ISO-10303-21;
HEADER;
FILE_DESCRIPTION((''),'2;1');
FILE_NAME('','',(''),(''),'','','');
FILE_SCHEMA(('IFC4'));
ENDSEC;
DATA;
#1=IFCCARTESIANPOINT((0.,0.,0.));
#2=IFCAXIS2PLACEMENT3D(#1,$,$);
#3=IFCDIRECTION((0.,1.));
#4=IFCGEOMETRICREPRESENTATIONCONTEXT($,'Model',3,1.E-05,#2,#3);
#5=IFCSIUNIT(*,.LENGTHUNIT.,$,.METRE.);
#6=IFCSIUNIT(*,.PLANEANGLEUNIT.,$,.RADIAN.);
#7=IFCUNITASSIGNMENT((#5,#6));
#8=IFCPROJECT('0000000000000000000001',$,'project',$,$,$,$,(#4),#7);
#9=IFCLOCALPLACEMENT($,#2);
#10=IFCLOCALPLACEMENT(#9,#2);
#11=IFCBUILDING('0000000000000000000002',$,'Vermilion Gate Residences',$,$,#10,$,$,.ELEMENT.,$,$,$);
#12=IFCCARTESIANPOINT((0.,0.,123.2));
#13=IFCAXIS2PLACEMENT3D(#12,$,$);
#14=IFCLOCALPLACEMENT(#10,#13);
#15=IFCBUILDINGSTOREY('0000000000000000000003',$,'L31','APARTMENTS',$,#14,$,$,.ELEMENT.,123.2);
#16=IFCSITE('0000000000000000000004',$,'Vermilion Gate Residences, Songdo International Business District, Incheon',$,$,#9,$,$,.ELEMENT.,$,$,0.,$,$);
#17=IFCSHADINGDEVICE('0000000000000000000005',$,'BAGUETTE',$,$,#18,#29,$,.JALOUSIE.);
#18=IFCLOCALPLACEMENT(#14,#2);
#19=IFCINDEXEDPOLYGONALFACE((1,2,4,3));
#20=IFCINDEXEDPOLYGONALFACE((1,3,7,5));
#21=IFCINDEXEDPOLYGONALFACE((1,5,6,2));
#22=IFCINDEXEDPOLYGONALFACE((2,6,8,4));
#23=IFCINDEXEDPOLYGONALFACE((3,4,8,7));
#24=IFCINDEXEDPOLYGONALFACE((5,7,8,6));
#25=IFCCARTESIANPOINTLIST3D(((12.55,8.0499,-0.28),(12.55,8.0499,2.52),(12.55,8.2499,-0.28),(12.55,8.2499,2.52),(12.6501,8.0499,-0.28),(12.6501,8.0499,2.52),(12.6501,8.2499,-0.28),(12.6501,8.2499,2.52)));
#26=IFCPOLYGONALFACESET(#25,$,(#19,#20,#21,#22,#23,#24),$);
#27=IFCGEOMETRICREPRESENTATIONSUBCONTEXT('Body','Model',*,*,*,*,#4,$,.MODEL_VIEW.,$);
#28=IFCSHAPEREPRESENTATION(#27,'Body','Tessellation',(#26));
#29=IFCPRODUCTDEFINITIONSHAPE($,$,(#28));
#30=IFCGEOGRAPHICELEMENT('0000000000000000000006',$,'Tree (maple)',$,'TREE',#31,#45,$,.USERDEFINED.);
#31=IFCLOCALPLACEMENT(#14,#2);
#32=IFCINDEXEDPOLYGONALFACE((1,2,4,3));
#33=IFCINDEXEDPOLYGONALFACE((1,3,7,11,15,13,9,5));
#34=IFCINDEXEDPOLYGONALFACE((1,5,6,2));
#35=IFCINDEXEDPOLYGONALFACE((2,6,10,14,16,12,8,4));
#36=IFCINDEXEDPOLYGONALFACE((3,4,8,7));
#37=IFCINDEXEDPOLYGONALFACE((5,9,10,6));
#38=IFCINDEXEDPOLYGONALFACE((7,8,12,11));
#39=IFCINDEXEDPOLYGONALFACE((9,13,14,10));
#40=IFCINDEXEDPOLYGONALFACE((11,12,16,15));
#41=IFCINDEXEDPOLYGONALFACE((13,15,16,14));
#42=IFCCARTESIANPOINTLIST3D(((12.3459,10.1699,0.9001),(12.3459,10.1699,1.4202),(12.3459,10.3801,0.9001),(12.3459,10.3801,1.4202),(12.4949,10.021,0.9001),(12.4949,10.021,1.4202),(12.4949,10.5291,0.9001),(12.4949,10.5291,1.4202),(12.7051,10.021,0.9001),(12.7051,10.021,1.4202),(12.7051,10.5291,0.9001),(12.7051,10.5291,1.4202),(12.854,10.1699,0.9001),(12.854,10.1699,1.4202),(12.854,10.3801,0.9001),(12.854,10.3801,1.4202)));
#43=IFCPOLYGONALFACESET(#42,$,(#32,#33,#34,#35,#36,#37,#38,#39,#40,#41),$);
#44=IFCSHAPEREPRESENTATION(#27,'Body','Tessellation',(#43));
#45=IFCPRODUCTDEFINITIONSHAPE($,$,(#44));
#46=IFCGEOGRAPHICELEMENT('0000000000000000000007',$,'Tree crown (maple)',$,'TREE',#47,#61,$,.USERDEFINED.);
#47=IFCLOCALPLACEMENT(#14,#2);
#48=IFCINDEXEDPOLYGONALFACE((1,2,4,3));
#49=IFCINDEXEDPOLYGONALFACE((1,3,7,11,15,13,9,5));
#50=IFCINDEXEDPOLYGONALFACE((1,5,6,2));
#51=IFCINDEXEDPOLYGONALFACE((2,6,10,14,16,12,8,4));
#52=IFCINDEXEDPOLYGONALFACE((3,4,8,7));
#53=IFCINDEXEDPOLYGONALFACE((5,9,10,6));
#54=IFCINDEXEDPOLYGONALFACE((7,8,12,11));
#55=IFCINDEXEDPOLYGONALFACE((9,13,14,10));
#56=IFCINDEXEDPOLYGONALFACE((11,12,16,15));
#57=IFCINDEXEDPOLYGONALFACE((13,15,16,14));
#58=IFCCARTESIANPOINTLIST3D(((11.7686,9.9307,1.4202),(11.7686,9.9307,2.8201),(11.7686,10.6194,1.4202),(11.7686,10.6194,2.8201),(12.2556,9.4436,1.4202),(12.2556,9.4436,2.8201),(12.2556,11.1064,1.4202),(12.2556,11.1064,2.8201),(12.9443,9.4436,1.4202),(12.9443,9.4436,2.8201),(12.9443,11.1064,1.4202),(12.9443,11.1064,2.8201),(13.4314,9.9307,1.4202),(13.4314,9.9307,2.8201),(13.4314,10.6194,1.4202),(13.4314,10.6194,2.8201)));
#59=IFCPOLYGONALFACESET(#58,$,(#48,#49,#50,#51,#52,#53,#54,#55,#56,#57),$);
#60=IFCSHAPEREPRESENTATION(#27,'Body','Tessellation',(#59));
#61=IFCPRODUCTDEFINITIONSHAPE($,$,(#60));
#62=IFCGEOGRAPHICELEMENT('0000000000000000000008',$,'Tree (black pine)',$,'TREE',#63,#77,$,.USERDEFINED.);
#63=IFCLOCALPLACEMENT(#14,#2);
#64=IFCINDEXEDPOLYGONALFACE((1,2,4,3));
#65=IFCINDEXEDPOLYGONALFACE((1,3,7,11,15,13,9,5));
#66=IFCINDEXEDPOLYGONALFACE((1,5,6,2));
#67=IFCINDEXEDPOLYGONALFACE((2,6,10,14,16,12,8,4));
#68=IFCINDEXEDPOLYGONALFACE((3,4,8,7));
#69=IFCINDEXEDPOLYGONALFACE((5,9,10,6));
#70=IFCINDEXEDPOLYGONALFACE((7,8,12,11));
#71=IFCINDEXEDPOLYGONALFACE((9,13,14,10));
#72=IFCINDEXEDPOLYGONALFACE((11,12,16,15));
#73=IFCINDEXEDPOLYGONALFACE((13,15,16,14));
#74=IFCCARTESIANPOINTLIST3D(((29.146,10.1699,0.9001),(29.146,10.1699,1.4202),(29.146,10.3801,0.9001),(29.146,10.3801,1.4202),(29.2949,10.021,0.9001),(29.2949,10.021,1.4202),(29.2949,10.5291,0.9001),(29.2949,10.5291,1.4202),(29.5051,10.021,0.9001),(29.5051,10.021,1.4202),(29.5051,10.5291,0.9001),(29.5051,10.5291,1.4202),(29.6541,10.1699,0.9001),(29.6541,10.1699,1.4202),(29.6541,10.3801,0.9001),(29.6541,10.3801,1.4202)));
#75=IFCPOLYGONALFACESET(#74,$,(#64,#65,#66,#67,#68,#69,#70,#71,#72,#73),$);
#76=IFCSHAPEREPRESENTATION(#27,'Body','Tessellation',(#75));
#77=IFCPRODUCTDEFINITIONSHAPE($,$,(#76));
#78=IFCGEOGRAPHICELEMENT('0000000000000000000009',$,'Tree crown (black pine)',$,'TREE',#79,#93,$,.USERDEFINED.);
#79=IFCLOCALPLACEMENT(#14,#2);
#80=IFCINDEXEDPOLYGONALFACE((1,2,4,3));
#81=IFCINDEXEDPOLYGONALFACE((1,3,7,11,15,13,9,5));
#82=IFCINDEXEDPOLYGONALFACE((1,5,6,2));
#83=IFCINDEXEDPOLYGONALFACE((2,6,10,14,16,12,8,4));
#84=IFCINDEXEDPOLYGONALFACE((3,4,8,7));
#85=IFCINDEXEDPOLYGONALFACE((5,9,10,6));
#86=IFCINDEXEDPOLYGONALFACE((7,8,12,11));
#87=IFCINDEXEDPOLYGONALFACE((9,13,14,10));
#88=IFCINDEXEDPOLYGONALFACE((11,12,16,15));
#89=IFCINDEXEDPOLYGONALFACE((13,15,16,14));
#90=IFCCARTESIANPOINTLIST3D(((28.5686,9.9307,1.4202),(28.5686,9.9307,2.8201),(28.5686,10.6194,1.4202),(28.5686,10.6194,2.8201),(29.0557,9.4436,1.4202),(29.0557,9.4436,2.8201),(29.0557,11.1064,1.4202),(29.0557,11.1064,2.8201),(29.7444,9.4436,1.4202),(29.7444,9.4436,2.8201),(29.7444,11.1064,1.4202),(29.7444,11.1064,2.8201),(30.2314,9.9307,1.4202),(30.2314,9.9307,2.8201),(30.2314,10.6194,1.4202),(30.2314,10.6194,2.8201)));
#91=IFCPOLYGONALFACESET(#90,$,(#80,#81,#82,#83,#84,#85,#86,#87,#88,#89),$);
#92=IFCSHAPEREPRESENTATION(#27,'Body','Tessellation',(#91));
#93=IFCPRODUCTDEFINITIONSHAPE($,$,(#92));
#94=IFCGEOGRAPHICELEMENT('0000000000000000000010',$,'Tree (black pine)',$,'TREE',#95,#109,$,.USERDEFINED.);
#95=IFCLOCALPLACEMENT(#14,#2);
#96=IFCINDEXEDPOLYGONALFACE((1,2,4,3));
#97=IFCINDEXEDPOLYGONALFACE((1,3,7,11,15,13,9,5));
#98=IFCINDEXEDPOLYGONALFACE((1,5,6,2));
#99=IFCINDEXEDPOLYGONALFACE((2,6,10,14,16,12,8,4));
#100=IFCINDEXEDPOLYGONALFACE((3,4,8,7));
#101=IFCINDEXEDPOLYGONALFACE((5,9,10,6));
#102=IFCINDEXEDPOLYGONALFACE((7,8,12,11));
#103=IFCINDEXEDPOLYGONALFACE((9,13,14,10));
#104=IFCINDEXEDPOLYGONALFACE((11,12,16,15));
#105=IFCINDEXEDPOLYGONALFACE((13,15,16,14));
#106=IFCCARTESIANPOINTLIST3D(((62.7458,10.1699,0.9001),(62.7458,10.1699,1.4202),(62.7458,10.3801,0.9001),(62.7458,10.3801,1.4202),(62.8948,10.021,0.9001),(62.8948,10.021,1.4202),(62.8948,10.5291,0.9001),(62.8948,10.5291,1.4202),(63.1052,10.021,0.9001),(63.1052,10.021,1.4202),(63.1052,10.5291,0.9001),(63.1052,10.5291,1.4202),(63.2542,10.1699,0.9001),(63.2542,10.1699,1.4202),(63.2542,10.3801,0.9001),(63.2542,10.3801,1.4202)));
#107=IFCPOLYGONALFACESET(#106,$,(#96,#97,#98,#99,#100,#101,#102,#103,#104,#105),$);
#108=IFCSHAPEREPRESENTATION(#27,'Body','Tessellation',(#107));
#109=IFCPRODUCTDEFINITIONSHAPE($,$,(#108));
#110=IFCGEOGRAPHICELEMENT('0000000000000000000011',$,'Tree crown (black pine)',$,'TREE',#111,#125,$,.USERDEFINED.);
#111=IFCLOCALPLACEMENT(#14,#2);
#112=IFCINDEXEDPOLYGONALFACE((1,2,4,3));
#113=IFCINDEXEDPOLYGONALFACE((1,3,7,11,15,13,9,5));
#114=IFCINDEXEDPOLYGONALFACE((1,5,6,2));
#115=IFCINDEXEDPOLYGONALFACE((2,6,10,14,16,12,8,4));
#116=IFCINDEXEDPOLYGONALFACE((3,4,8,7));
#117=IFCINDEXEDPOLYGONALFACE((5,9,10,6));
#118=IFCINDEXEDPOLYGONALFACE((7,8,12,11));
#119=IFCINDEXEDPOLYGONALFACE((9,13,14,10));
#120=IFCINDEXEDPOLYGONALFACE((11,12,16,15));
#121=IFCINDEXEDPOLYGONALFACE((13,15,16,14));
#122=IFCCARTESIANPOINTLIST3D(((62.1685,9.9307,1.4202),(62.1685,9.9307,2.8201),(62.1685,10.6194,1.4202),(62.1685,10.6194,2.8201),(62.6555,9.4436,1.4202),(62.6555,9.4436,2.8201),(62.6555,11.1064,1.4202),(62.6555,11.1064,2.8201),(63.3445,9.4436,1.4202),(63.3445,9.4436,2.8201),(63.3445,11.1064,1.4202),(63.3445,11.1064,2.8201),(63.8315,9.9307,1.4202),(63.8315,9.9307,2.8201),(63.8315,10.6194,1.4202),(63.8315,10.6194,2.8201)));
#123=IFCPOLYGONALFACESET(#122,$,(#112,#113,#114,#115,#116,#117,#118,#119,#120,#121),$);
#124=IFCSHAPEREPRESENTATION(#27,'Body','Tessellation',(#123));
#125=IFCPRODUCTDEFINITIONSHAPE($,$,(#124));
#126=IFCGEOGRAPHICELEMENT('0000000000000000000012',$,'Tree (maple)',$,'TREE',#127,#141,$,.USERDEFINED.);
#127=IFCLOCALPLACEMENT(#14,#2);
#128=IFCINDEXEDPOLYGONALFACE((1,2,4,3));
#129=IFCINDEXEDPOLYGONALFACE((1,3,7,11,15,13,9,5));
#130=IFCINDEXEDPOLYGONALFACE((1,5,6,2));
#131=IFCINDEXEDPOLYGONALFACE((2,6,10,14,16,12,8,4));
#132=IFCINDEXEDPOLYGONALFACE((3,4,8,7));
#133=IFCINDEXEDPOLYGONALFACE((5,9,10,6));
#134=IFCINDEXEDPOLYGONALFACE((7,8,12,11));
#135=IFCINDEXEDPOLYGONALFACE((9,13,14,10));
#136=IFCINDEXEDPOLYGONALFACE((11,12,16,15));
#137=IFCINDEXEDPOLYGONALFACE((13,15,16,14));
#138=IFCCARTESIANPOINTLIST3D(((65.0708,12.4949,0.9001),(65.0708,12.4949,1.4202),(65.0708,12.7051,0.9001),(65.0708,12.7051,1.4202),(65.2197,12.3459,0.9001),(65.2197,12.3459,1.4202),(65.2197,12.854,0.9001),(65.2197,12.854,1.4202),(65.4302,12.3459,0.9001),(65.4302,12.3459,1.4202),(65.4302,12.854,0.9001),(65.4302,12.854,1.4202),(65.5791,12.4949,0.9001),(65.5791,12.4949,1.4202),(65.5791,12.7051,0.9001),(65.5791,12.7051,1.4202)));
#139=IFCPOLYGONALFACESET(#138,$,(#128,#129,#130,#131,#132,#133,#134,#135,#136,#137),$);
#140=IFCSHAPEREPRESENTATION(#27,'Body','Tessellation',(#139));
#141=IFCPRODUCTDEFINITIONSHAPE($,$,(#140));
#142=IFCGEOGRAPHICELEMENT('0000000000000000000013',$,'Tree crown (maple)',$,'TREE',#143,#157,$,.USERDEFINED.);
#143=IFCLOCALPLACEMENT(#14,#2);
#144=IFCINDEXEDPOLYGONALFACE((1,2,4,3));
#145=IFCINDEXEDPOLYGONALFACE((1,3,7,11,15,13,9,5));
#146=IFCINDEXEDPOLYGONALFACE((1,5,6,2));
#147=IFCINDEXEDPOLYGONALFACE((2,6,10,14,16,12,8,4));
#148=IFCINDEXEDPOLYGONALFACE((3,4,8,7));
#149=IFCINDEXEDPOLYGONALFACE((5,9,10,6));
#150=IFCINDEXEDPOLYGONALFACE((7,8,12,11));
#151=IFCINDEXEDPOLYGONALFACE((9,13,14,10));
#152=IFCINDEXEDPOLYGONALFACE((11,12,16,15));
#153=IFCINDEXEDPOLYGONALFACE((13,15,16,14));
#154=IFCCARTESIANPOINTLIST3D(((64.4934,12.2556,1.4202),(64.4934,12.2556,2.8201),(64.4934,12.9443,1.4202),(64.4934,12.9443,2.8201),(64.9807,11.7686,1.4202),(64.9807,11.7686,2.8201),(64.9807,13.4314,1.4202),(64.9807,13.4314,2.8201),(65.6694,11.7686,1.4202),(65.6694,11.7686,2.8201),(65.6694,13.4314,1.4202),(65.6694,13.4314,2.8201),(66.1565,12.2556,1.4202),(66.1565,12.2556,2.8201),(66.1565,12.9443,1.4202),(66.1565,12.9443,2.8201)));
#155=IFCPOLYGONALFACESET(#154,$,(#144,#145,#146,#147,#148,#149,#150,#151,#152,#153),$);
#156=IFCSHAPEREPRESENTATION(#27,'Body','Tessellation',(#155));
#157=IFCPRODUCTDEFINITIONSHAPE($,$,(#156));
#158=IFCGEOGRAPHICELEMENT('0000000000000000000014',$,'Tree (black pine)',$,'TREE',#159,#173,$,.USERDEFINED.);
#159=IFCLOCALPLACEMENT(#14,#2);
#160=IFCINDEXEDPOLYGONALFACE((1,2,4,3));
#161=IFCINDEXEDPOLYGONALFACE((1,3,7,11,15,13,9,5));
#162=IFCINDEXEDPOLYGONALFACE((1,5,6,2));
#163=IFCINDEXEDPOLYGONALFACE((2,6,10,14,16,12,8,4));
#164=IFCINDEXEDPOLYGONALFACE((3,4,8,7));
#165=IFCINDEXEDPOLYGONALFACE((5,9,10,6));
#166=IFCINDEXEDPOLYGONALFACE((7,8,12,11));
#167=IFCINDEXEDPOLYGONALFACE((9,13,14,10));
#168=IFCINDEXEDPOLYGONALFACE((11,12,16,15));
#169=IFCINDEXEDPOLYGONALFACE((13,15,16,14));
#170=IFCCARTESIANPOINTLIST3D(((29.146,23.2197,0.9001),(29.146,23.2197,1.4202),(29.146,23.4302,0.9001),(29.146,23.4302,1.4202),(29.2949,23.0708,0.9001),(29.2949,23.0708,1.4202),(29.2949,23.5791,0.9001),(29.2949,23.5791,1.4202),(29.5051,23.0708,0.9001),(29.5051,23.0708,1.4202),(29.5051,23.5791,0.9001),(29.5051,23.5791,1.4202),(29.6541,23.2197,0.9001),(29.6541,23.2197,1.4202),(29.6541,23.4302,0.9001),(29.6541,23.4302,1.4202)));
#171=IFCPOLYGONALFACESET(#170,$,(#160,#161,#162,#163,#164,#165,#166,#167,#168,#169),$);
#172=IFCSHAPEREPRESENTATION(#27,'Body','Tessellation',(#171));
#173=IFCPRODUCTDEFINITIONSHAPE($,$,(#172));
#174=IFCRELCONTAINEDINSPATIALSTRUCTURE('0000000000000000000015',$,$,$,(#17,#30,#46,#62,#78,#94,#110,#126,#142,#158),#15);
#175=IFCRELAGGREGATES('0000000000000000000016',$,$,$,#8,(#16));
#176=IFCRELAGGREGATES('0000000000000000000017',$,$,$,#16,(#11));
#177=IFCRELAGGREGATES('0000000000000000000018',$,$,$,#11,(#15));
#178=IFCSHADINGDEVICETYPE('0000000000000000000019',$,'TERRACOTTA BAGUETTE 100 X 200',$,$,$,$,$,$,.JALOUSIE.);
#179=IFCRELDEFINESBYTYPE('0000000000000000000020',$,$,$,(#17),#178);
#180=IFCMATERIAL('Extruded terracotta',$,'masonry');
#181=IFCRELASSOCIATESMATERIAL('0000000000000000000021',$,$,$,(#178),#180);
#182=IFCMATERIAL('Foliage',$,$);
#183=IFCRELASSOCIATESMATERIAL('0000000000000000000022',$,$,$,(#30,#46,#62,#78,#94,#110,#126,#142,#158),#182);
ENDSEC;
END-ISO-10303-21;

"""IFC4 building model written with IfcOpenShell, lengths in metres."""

from ifc_helpers import new_model, si_unit, direction, frame, origin, origin_2d, place, context, subcontext, project, spatial, polyline, rectangle, outline, extrude, material, material_profile, profile_set, type_object, element, save


model = new_model("IFC4")

# Units and contexts
model_context = context("Model", 3, precision=1e-05, world=origin(), true_north=direction((0.0, 1.0)))
body_context = subcontext(model_context, "Body", "Model", "MODEL_VIEW")
ifc_project = project(units=[si_unit("LENGTHUNIT", "METRE"), si_unit("PLANEANGLEUNIT", "RADIAN")], contexts=[model_context])

# Site, building, storey
site_placement = place(None, origin())
site = spatial("IfcSite", under=ifc_project, at=site_placement, Name="Vermilion Gate Residences, Songdo International Business District, Incheon", CompositionType="ELEMENT", RefElevation=0.0)
building_placement = place(site_placement, origin())
building = spatial("IfcBuilding", under=site, at=building_placement, Name="Vermilion Gate Residences", CompositionType="ELEMENT")
storey_placement = place(building_placement, frame((0.0, 0.0, 123.2)))
storey = spatial("IfcBuildingStorey", under=building, at=storey_placement, Name="L31", Description="APARTMENTS", CompositionType="ELEMENT", Elevation=123.2)

# Shading device
ifc_material_1 = material(Name="Extruded terracotta", Category="masonry")
ifc_material_profile_1 = material_profile(ifc_material_1, rectangle(XDim=0.2, YDim=0.1001, at=origin_2d()), Name="BAGUETTE 100 X 200")
ifc_profile_set_1 = profile_set([ifc_material_profile_1], Name="Extruded terracotta")
shading_device_type = type_object("IfcShadingDeviceType", Name="TERRACOTTA BAGUETTE 100 X 200", PredefinedType="JALOUSIE", material=ifc_profile_set_1)
shading_device_1_placement = place(storey_placement, frame((12.6001, 8.1499, -0.28), z_axis=(0.0, 0.0, 1.0), x_axis=(0.0, 1.0, 0.0)))
element("IfcShadingDevice", 1, at=shading_device_1_placement, inside=storey, type_object=shading_device_type, Name="BAGUETTE", PredefinedType="JALOUSIE", context=body_context, shape_type="SweptSolid", body=[
    extrude(rectangle(XDim=0.2, YDim=0.1001, at=origin_2d()), origin(), (0.0, 0.0, 1.0), 2.8),
])

# Geographic elements
ifc_material_2 = material(Name="Foliage")
geographic_element_1_placement = place(storey_placement, frame((0.0, 0.0, 0.9001)))
element("IfcGeographicElement", 2, at=geographic_element_1_placement, inside=storey, material=ifc_material_2, Name="Tree (maple)", ObjectType="TREE", PredefinedType="USERDEFINED", context=body_context, shape_type="SweptSolid", body=[
    extrude(outline(polyline([(12.854, 10.3801), (12.7051, 10.5291), (12.4949, 10.5291), (12.3459, 10.3801), (12.3459, 10.1699), (12.4949, 10.021), (12.7051, 10.021), (12.854, 10.1699), (12.854, 10.3801)])), origin(), (0.0, 0.0, 1.0), 0.52),
])
geographic_element_2_placement = place(storey_placement, frame((0.0, 0.0, 1.4202)))
element("IfcGeographicElement", 3, at=geographic_element_2_placement, inside=storey, material=ifc_material_2, Name="Tree crown (maple)", ObjectType="TREE", PredefinedType="USERDEFINED", context=body_context, shape_type="SweptSolid", body=[
    extrude(outline(polyline([(13.4314, 10.6194), (12.9443, 11.1064), (12.2556, 11.1064), (11.7686, 10.6194), (11.7686, 9.9307), (12.2556, 9.4436), (12.9443, 9.4436), (13.4314, 9.9307), (13.4314, 10.6194)])), origin(), (0.0, 0.0, 1.0), 1.3999),
])
geographic_element_3_placement = place(storey_placement, frame((0.0, 0.0, 0.9001)))
element("IfcGeographicElement", 4, at=geographic_element_3_placement, inside=storey, material=ifc_material_2, Name="Tree (black pine)", ObjectType="TREE", PredefinedType="USERDEFINED", context=body_context, shape_type="SweptSolid", body=[
    extrude(outline(polyline([(29.6541, 10.3801), (29.5051, 10.5291), (29.2949, 10.5291), (29.146, 10.3801), (29.146, 10.1699), (29.2949, 10.021), (29.5051, 10.021), (29.6541, 10.1699), (29.6541, 10.3801)])), origin(), (0.0, 0.0, 1.0), 0.52),
])
geographic_element_4_placement = place(storey_placement, frame((0.0, 0.0, 1.4202)))
element("IfcGeographicElement", 5, at=geographic_element_4_placement, inside=storey, material=ifc_material_2, Name="Tree crown (black pine)", ObjectType="TREE", PredefinedType="USERDEFINED", context=body_context, shape_type="SweptSolid", body=[
    extrude(outline(polyline([(30.2314, 10.6194), (29.7444, 11.1064), (29.0557, 11.1064), (28.5686, 10.6194), (28.5686, 9.9307), (29.0557, 9.4436), (29.7444, 9.4436), (30.2314, 9.9307), (30.2314, 10.6194)])), origin(), (0.0, 0.0, 1.0), 1.3999),
])
geographic_element_5_placement = place(storey_placement, frame((0.0, 0.0, 0.9001)))
element("IfcGeographicElement", 6, at=geographic_element_5_placement, inside=storey, material=ifc_material_2, Name="Tree (black pine)", ObjectType="TREE", PredefinedType="USERDEFINED", context=body_context, shape_type="SweptSolid", body=[
    extrude(outline(polyline([(63.2542, 10.3801), (63.1052, 10.5291), (62.8948, 10.5291), (62.7458, 10.3801), (62.7458, 10.1699), (62.8948, 10.021), (63.1052, 10.021), (63.2542, 10.1699), (63.2542, 10.3801)])), origin(), (0.0, 0.0, 1.0), 0.52),
])
geographic_element_6_placement = place(storey_placement, frame((0.0, 0.0, 1.4202)))
element("IfcGeographicElement", 7, at=geographic_element_6_placement, inside=storey, material=ifc_material_2, Name="Tree crown (black pine)", ObjectType="TREE", PredefinedType="USERDEFINED", context=body_context, shape_type="SweptSolid", body=[
    extrude(outline(polyline([(63.8315, 10.6194), (63.3445, 11.1064), (62.6555, 11.1064), (62.1685, 10.6194), (62.1685, 9.9307), (62.6555, 9.4436), (63.3445, 9.4436), (63.8315, 9.9307), (63.8315, 10.6194)])), origin(), (0.0, 0.0, 1.0), 1.3999),
])
geographic_element_7_placement = place(storey_placement, frame((0.0, 0.0, 0.9001)))
element("IfcGeographicElement", 8, at=geographic_element_7_placement, inside=storey, material=ifc_material_2, Name="Tree (maple)", ObjectType="TREE", PredefinedType="USERDEFINED", context=body_context, shape_type="SweptSolid", body=[
    extrude(outline(polyline([(65.5791, 12.7051), (65.4302, 12.854), (65.2197, 12.854), (65.0708, 12.7051), (65.0708, 12.4949), (65.2197, 12.3459), (65.4302, 12.3459), (65.5791, 12.4949), (65.5791, 12.7051)])), origin(), (0.0, 0.0, 1.0), 0.52),
])
geographic_element_8_placement = place(storey_placement, frame((0.0, 0.0, 1.4202)))
element("IfcGeographicElement", 9, at=geographic_element_8_placement, inside=storey, material=ifc_material_2, Name="Tree crown (maple)", ObjectType="TREE", PredefinedType="USERDEFINED", context=body_context, shape_type="SweptSolid", body=[
    extrude(outline(polyline([(66.1565, 12.9443), (65.6694, 13.4314), (64.9807, 13.4314), (64.4934, 12.9443), (64.4934, 12.2556), (64.9807, 11.7686), (65.6694, 11.7686), (66.1565, 12.2556), (66.1565, 12.9443)])), origin(), (0.0, 0.0, 1.0), 1.3999),
])
geographic_element_9_placement = place(storey_placement, frame((0.0, 0.0, 0.9001)))
element("IfcGeographicElement", 10, at=geographic_element_9_placement, inside=storey, material=ifc_material_2, Name="Tree (black pine)", ObjectType="TREE", PredefinedType="USERDEFINED", context=body_context, shape_type="SweptSolid", body=[
    extrude(outline(polyline([(29.6541, 23.4302), (29.5051, 23.5791), (29.2949, 23.5791), (29.146, 23.4302), (29.146, 23.2197), (29.2949, 23.0708), (29.5051, 23.0708), (29.6541, 23.2197), (29.6541, 23.4302)])), origin(), (0.0, 0.0, 1.0), 0.52),
])

save(model, "model.ifc")
